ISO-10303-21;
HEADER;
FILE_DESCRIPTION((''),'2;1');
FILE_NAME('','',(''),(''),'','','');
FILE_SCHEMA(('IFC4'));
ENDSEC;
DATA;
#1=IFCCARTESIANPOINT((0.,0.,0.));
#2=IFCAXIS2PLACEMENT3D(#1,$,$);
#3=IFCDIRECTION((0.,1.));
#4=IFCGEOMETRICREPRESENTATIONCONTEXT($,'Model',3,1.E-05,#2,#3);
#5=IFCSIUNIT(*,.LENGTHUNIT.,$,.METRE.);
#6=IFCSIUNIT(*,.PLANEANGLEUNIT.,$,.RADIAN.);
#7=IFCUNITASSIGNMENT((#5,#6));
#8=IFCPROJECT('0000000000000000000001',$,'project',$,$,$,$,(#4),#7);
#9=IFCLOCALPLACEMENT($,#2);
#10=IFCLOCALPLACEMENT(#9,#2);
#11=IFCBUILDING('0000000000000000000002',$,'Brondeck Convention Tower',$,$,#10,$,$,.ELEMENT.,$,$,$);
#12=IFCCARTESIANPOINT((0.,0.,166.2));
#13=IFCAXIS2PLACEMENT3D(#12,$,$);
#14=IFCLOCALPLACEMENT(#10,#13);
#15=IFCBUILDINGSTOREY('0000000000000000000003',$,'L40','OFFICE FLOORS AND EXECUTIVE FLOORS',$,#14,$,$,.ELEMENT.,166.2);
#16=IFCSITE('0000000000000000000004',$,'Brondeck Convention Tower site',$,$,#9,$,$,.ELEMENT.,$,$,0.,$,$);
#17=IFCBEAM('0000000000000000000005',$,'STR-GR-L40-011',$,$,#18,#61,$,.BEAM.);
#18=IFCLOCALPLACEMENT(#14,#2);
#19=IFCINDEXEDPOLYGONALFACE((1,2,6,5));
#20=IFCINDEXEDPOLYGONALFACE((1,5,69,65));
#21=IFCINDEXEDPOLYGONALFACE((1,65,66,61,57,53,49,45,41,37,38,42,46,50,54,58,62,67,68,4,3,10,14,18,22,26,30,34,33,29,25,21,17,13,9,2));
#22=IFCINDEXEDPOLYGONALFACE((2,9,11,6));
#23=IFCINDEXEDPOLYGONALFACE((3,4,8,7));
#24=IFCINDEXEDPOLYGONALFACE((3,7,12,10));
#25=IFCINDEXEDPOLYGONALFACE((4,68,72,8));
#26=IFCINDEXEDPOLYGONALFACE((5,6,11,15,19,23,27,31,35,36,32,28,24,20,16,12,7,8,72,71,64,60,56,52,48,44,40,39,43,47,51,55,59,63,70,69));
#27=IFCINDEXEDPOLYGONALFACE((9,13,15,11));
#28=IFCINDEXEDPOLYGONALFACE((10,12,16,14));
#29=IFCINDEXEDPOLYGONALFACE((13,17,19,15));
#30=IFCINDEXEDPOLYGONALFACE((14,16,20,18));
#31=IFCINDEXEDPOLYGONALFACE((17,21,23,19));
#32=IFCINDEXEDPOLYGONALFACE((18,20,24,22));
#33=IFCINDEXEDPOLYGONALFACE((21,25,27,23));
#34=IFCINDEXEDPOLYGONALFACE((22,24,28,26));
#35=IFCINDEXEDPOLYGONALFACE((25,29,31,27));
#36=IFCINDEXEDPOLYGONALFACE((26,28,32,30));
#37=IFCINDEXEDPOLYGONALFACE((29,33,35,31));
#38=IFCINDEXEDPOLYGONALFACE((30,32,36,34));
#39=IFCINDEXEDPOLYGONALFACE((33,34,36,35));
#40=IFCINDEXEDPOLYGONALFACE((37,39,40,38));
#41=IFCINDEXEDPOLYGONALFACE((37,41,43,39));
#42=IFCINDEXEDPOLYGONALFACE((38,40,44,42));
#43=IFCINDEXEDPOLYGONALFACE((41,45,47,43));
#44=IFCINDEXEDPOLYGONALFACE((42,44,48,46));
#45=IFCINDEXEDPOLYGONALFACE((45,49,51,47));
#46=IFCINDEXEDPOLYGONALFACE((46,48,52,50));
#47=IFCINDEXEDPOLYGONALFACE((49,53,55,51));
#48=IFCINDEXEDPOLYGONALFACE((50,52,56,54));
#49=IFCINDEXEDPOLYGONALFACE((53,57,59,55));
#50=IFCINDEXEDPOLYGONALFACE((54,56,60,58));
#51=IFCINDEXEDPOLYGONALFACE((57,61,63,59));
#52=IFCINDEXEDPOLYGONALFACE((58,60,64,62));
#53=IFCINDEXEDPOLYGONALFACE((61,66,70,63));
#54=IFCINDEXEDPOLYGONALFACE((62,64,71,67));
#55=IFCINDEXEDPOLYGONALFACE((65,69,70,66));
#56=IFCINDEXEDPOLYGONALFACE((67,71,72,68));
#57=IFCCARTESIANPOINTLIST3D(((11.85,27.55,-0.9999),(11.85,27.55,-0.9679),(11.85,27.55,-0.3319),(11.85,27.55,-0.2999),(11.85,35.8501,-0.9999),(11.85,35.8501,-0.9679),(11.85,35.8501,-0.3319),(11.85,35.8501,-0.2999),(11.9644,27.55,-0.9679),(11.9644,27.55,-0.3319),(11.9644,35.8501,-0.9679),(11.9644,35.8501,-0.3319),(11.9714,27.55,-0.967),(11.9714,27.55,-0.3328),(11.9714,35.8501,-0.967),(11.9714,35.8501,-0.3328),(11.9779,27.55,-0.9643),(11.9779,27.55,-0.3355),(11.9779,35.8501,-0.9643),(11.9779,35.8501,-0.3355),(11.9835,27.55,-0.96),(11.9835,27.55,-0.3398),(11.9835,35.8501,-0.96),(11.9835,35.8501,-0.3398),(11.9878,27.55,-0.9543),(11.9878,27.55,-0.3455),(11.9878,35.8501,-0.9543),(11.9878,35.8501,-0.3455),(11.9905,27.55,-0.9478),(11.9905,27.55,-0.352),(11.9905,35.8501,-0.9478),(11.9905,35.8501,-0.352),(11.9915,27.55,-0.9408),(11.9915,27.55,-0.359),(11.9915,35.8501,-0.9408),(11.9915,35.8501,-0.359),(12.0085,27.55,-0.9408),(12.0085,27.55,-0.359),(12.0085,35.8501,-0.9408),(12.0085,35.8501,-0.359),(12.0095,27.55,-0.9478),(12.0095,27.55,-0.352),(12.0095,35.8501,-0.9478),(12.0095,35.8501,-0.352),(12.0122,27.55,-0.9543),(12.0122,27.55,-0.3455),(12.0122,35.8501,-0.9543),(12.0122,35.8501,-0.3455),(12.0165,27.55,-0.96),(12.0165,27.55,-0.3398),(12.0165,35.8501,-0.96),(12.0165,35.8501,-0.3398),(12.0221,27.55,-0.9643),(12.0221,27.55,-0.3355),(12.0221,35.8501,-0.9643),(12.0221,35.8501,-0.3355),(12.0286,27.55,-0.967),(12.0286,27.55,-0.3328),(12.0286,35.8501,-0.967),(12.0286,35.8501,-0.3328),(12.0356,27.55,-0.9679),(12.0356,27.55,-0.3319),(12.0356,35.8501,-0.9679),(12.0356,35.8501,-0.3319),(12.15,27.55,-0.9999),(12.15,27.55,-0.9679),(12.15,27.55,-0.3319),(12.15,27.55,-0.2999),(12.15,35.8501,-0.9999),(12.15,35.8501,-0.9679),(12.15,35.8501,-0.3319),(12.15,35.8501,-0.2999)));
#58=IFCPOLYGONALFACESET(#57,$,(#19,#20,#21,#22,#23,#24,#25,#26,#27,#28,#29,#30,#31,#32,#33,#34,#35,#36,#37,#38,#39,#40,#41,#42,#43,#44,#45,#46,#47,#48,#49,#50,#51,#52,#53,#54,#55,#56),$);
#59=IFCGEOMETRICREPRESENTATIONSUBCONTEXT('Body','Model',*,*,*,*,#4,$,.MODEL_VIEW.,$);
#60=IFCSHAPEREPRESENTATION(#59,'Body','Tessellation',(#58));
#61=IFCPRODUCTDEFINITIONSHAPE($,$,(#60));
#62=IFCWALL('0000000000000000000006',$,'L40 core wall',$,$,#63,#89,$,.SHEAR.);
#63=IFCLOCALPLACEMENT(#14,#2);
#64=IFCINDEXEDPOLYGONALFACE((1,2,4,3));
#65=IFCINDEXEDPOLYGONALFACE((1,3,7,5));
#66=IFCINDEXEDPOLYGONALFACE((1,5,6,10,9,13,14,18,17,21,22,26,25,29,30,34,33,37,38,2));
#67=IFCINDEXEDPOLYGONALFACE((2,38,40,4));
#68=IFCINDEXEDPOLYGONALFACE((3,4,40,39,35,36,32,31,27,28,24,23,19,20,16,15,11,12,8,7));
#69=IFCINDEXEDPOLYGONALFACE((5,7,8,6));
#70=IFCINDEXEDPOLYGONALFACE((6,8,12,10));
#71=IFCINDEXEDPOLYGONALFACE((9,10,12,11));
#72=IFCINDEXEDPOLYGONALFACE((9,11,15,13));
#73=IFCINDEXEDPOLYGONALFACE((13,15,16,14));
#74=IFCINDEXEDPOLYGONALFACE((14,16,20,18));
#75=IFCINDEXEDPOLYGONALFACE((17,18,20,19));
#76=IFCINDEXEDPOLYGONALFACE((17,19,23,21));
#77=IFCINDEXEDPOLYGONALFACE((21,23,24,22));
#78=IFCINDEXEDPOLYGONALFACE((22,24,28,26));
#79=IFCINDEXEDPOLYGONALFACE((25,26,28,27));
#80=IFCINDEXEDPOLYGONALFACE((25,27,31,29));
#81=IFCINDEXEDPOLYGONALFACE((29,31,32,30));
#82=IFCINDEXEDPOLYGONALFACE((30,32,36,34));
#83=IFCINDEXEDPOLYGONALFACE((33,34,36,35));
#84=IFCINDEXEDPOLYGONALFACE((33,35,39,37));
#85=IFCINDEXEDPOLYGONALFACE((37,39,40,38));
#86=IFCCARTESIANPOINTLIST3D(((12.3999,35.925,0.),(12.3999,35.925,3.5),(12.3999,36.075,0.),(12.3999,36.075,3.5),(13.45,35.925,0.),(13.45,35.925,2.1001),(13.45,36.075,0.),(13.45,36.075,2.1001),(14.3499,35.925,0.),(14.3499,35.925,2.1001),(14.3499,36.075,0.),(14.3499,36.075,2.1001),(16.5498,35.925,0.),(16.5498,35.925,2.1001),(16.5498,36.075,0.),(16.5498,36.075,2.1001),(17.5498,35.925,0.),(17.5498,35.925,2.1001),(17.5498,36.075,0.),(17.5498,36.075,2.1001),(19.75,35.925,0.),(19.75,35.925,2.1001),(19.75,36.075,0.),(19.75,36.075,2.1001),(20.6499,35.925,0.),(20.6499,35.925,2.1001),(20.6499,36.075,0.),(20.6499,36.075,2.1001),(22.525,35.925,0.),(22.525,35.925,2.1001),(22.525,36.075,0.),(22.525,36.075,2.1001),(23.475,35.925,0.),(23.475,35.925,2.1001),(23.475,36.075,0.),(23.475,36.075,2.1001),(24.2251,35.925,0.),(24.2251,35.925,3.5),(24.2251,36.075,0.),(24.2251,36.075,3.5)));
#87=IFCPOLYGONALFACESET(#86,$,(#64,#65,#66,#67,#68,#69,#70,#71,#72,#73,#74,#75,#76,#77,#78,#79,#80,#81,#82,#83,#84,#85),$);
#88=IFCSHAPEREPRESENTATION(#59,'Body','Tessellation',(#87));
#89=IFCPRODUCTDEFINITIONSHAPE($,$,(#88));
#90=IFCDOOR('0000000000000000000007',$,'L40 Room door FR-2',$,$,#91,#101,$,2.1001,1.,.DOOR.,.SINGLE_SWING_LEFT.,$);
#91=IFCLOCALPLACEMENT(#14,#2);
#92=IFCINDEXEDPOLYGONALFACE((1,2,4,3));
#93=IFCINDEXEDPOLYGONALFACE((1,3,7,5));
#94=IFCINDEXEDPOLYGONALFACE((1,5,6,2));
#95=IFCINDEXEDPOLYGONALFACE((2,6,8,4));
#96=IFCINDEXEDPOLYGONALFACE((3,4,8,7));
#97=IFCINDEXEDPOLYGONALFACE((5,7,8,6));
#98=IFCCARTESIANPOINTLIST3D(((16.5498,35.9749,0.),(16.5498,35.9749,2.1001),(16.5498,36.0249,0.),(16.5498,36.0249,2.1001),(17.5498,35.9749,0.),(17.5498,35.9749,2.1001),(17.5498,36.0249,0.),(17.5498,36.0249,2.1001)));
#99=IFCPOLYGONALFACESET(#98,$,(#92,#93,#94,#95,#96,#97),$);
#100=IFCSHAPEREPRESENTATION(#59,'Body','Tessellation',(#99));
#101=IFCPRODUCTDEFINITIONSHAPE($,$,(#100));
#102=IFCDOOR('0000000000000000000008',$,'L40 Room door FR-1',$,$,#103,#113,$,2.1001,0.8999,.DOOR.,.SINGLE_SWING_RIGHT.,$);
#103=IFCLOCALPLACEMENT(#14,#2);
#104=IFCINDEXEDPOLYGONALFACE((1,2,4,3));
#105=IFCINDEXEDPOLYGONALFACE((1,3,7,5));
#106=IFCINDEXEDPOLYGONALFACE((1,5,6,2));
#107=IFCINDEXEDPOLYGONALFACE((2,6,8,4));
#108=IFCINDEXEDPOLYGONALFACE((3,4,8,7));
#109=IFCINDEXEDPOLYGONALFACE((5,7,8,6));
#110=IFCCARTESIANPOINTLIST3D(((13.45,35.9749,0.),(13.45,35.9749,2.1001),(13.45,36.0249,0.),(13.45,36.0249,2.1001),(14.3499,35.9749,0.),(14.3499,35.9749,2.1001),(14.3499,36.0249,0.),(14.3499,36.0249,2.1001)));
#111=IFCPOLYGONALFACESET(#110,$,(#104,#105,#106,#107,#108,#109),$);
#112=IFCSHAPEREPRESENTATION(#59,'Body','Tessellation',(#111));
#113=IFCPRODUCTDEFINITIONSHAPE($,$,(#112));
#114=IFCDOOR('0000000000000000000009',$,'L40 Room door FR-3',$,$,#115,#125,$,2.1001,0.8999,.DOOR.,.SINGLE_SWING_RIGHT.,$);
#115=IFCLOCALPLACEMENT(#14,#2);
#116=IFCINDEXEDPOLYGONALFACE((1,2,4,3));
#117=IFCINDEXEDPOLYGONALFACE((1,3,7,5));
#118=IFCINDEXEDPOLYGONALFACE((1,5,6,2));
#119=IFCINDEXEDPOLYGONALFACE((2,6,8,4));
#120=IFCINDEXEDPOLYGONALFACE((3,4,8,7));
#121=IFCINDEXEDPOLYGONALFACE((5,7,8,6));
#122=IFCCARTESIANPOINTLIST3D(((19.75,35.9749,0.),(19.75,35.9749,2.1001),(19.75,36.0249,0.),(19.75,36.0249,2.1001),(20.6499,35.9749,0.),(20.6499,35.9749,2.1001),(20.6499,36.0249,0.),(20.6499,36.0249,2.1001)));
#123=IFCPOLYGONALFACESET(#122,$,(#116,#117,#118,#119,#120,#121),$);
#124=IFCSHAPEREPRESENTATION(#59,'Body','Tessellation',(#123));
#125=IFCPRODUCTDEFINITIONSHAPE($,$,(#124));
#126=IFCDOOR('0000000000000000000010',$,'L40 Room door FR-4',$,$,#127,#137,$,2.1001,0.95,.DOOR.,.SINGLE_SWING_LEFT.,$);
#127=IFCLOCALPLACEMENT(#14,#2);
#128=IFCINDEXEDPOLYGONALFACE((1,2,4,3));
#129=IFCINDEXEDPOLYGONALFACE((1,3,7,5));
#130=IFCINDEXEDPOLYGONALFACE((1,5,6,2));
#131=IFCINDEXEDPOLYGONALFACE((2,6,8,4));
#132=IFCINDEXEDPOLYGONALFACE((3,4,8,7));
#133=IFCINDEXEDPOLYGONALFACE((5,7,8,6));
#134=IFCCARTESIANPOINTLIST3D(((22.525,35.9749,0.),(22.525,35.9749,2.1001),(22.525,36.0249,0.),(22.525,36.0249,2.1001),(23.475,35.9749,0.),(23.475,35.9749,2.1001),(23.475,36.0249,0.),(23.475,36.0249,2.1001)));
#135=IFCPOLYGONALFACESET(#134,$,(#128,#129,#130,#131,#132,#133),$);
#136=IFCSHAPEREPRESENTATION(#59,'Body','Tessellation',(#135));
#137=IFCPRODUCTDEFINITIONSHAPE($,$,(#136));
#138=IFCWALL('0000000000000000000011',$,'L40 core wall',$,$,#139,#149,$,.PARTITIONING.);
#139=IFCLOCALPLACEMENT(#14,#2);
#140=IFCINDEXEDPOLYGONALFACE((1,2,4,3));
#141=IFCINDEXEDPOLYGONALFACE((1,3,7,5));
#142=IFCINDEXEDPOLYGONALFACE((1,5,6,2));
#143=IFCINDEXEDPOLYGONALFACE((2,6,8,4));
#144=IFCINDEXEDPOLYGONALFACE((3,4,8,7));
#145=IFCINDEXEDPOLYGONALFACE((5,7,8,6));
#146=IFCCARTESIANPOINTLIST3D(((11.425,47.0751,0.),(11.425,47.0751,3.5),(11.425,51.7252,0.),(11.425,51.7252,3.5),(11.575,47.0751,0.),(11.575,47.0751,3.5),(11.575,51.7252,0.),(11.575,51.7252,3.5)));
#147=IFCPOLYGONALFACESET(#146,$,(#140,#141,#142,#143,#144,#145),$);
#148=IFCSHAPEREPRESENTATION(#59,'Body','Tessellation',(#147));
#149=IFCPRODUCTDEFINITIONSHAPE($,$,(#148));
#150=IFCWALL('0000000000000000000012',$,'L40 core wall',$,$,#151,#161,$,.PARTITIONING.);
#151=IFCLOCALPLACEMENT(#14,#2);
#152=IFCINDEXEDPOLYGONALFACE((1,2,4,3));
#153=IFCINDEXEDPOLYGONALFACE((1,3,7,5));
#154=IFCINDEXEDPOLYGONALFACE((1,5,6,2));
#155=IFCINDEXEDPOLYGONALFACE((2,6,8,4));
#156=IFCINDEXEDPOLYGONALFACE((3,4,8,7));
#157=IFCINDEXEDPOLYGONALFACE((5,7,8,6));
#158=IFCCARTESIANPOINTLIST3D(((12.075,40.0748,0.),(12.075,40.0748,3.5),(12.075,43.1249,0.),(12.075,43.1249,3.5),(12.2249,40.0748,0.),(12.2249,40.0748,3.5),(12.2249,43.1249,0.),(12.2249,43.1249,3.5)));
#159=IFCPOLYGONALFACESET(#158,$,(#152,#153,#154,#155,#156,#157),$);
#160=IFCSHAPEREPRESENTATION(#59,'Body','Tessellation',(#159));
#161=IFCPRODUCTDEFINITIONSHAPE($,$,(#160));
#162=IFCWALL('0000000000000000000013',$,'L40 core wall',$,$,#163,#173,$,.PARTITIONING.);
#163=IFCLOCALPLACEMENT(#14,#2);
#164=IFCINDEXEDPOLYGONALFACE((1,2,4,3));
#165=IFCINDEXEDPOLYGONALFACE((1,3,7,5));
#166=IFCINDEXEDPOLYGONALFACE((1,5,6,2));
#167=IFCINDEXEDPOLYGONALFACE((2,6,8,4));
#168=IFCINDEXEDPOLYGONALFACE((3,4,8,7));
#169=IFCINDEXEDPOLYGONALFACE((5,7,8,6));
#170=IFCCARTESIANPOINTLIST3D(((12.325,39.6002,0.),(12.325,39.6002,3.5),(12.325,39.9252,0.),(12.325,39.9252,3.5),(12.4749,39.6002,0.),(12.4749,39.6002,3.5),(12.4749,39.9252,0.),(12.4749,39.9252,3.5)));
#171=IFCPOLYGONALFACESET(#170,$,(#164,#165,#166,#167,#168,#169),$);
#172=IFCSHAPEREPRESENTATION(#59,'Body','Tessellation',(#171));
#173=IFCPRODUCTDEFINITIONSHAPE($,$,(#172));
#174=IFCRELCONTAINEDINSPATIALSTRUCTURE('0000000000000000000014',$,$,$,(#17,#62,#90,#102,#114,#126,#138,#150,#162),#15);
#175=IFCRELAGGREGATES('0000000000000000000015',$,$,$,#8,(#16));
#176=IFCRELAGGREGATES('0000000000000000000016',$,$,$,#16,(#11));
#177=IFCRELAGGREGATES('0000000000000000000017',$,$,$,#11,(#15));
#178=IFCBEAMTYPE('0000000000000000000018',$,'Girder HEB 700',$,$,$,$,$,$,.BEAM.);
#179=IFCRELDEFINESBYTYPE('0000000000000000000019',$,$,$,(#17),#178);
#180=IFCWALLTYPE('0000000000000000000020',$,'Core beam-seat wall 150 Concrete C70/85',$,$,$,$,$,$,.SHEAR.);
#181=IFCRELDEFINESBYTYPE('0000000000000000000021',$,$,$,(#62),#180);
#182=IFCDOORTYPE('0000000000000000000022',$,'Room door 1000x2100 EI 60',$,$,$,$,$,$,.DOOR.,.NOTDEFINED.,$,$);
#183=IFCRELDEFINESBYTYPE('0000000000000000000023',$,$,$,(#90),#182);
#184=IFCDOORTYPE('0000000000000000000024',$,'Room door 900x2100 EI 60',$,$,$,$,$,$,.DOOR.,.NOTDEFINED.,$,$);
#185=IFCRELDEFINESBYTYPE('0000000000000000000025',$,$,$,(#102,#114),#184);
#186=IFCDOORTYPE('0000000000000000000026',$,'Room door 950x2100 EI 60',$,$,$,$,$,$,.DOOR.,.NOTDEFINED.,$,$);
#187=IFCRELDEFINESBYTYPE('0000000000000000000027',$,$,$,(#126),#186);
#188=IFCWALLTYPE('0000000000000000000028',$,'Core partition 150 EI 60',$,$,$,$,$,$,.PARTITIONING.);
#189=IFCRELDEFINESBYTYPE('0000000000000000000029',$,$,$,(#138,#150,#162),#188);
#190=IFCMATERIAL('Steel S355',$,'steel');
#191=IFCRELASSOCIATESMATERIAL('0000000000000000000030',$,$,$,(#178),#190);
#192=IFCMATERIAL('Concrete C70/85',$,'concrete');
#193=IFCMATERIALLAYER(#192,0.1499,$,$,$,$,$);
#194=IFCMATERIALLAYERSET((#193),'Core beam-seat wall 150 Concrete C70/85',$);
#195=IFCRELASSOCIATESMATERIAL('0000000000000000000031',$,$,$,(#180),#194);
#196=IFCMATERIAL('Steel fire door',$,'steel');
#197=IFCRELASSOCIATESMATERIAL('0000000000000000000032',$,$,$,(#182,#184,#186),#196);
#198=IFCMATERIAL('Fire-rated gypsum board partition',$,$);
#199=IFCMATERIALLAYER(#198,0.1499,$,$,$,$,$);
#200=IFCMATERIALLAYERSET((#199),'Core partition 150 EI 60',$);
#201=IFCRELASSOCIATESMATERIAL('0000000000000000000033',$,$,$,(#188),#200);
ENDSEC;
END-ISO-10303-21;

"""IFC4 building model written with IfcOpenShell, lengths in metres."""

from ifc_helpers import new_model, si_unit, direction, frame, frame_2d, origin, origin_2d, place, context, subcontext, project, spatial, rectangle, i_section, extrude, material, layer, layer_set, material_profile, profile_set, type_object, element, fill, save


model = new_model("IFC4")

# Units and contexts
model_context = context("Model", 3, precision=1e-05, world=origin(), true_north=direction((0.0, 1.0)))
body_context = subcontext(model_context, "Body", "Model", "MODEL_VIEW")
ifc_project = project(units=[si_unit("LENGTHUNIT", "METRE"), si_unit("PLANEANGLEUNIT", "RADIAN")], contexts=[model_context])

# Site, building, storey
site_placement = place(None, origin())
site = spatial("IfcSite", under=ifc_project, at=site_placement, Name="Brondeck Convention Tower site", CompositionType="ELEMENT", RefElevation=0.0)
building_placement = place(site_placement, origin())
building = spatial("IfcBuilding", under=site, at=building_placement, Name="Brondeck Convention Tower", CompositionType="ELEMENT")
storey_placement = place(building_placement, frame((0.0, 0.0, 166.2)))
storey = spatial("IfcBuildingStorey", under=building, at=storey_placement, Name="L40", Description="OFFICE FLOORS AND EXECUTIVE FLOORS", CompositionType="ELEMENT", Elevation=166.2)

# Beam
ifc_material_1 = material(Name="Steel S355", Category="steel")
ifc_material_profile = material_profile(ifc_material_1, i_section(OverallWidth=0.3, OverallDepth=0.7, WebThickness=0.0171, FlangeThickness=0.032, FilletRadius=0.0271, at=origin_2d()), Name="HEB 700")
ifc_profile_set = profile_set([ifc_material_profile], Name="Steel S355")
beam_type = type_object("IfcBeamType", Name="Girder HEB 700", PredefinedType="BEAM", material=ifc_profile_set)
beam_placement = place(storey_placement, frame((12.0, 35.8501, -0.6499), z_axis=(0.0, -1.0, 0.0), x_axis=(1.0, 0.0, 0.0)))
element("IfcBeam", 1, at=beam_placement, inside=storey, type_object=beam_type, Name="STR-GR-L40-011", PredefinedType="BEAM", context=body_context, shape_type="SweptSolid", body=[
    extrude(i_section(OverallWidth=0.3, OverallDepth=0.7, WebThickness=0.0171, FlangeThickness=0.032, FilletRadius=0.0271, at=origin_2d()), origin(), (0.0, 0.0, 1.0), 8.3),
])

# Wall, openings, doors
ifc_material_2 = material(Name="Concrete C70/85", Category="concrete")
ifc_layer_1 = layer(ifc_material_2, 0.1499)
ifc_layer_set_1 = layer_set([ifc_layer_1], Name="Core beam-seat wall 150 Concrete C70/85")
wall_type_1 = type_object("IfcWallType", Name="Core beam-seat wall 150 Concrete C70/85", PredefinedType="SHEAR", material=ifc_layer_set_1)
wall_1_placement = place(storey_placement, frame((12.3999, 36.0, 0.0), z_axis=(0.0, 0.0, 1.0), x_axis=(1.0, 0.0, 0.0)))
wall_1 = element("IfcWall", 2, at=wall_1_placement, inside=storey, type_object=wall_type_1, Name="L40 core wall", PredefinedType="SHEAR", context=body_context, shape_type="SweptSolid", body=[
    extrude(rectangle(XDim=11.8252, YDim=0.1499, at=frame_2d((5.9126, 0.0))), origin(), (0.0, 0.0, 1.0), 3.5),
])
opening_1_placement = place(wall_1_placement, frame((1.05, 0.0, 0.0)))
opening_1 = element("IfcOpeningElement", 3, at=opening_1_placement, cuts=wall_1, PredefinedType="OPENING", context=body_context, shape_type="SweptSolid", body=[
    extrude(rectangle(XDim=0.8999, YDim=2.1001, at=frame_2d((0.45, 1.05))), frame((0.0, 0.085, 0.0), z_axis=(0.0, -1.0, 0.0), x_axis=(1.0, 0.0, 0.0)), (0.0, 0.0, 1.0), 0.1699),
])
opening_2_placement = place(wall_1_placement, frame((4.1499, 0.0, 0.0)))
opening_2 = element("IfcOpeningElement", 4, at=opening_2_placement, cuts=wall_1, PredefinedType="OPENING", context=body_context, shape_type="SweptSolid", body=[
    extrude(rectangle(XDim=1.0, YDim=2.1001, at=frame_2d((0.5, 1.05))), frame((0.0, 0.085, 0.0), z_axis=(0.0, -1.0, 0.0), x_axis=(1.0, 0.0, 0.0)), (0.0, 0.0, 1.0), 0.1699),
])
opening_3_placement = place(wall_1_placement, frame((7.3501, 0.0, 0.0)))
opening_3 = element("IfcOpeningElement", 5, at=opening_3_placement, cuts=wall_1, PredefinedType="OPENING", context=body_context, shape_type="SweptSolid", body=[
    extrude(rectangle(XDim=0.8999, YDim=2.1001, at=frame_2d((0.45, 1.05))), frame((0.0, 0.085, 0.0), z_axis=(0.0, -1.0, 0.0), x_axis=(1.0, 0.0, 0.0)), (0.0, 0.0, 1.0), 0.1699),
])
opening_4_placement = place(wall_1_placement, frame((10.125, 0.0, 0.0)))
opening_4 = element("IfcOpeningElement", 6, at=opening_4_placement, cuts=wall_1, PredefinedType="OPENING", context=body_context, shape_type="SweptSolid", body=[
    extrude(rectangle(XDim=0.95, YDim=2.1001, at=frame_2d((0.4751, 1.05))), frame((0.0, 0.085, 0.0), z_axis=(0.0, -1.0, 0.0), x_axis=(1.0, 0.0, 0.0)), (0.0, 0.0, 1.0), 0.1699),
])
ifc_material_3 = material(Name="Steel fire door", Category="steel")
door_type_1 = type_object("IfcDoorType", Name="Room door 1000x2100 EI 60", OperationType="NOTDEFINED", PredefinedType="DOOR", material=ifc_material_3)
door_1_placement = place(opening_2_placement, origin())
door_1 = element("IfcDoor", 7, at=door_1_placement, inside=storey, type_object=door_type_1, Name="L40 Room door FR-2", OperationType="SINGLE_SWING_LEFT", OverallHeight=2.1001, OverallWidth=1.0, PredefinedType="DOOR", context=body_context, shape_type="SweptSolid", body=[
    extrude(rectangle(XDim=1.0, YDim=2.1001, at=frame_2d((0.5, 1.05))), frame((0.0, 0.0249, 0.0), z_axis=(0.0, -1.0, 0.0), x_axis=(1.0, 0.0, 0.0)), (0.0, 0.0, 1.0), 0.05),
])
fill(opening_2, door_1)
door_type_2 = type_object("IfcDoorType", Name="Room door 900x2100 EI 60", OperationType="NOTDEFINED", PredefinedType="DOOR", material=ifc_material_3)
door_2_placement = place(opening_1_placement, origin())
door_2 = element("IfcDoor", 8, at=door_2_placement, inside=storey, type_object=door_type_2, Name="L40 Room door FR-1", OperationType="SINGLE_SWING_RIGHT", OverallHeight=2.1001, OverallWidth=0.8999, PredefinedType="DOOR", context=body_context, shape_type="SweptSolid", body=[
    extrude(rectangle(XDim=0.8999, YDim=2.1001, at=frame_2d((0.45, 1.05))), frame((0.0, 0.0249, 0.0), z_axis=(0.0, -1.0, 0.0), x_axis=(1.0, 0.0, 0.0)), (0.0, 0.0, 1.0), 0.05),
])
fill(opening_1, door_2)
door_3_placement = place(opening_3_placement, origin())
door_3 = element("IfcDoor", 9, at=door_3_placement, inside=storey, type_object=door_type_2, Name="L40 Room door FR-3", OperationType="SINGLE_SWING_RIGHT", OverallHeight=2.1001, OverallWidth=0.8999, PredefinedType="DOOR", context=body_context, shape_type="SweptSolid", body=[
    extrude(rectangle(XDim=0.8999, YDim=2.1001, at=frame_2d((0.45, 1.05))), frame((0.0, 0.0249, 0.0), z_axis=(0.0, -1.0, 0.0), x_axis=(1.0, 0.0, 0.0)), (0.0, 0.0, 1.0), 0.05),
])
fill(opening_3, door_3)
door_type_3 = type_object("IfcDoorType", Name="Room door 950x2100 EI 60", OperationType="NOTDEFINED", PredefinedType="DOOR", material=ifc_material_3)
door_4_placement = place(opening_4_placement, origin())
door_4 = element("IfcDoor", 10, at=door_4_placement, inside=storey, type_object=door_type_3, Name="L40 Room door FR-4", OperationType="SINGLE_SWING_LEFT", OverallHeight=2.1001, OverallWidth=0.95, PredefinedType="DOOR", context=body_context, shape_type="SweptSolid", body=[
    extrude(rectangle(XDim=0.95, YDim=2.1001, at=frame_2d((0.4751, 1.05))), frame((0.0, 0.0249, 0.0), z_axis=(0.0, -1.0, 0.0), x_axis=(1.0, 0.0, 0.0)), (0.0, 0.0, 1.0), 0.05),
])
fill(opening_4, door_4)

# Walls
ifc_material_4 = material(Name="Fire-rated gypsum board partition")
ifc_layer_2 = layer(ifc_material_4, 0.1499)
ifc_layer_set_2 = layer_set([ifc_layer_2], Name="Core partition 150 EI 60")
wall_type_2 = type_object("IfcWallType", Name="Core partition 150 EI 60", PredefinedType="PARTITIONING", material=ifc_layer_set_2)
wall_2_placement = place(storey_placement, frame((11.5, 47.075, 0.0), z_axis=(0.0, 0.0, 1.0), x_axis=(0.0, 1.0, 0.0)))
element("IfcWall", 11, at=wall_2_placement, inside=storey, type_object=wall_type_2, Name="L40 core wall", PredefinedType="PARTITIONING", context=body_context, shape_type="SweptSolid", body=[
    extrude(rectangle(XDim=4.6501, YDim=0.1499, at=frame_2d((2.3252, 0.0))), origin(), (0.0, 0.0, 1.0), 3.5),
])
wall_3_placement = place(storey_placement, frame((12.1499, 40.075, 0.0), z_axis=(0.0, 0.0, 1.0), x_axis=(0.0, 1.0, 0.0)))
element("IfcWall", 12, at=wall_3_placement, inside=storey, type_object=wall_type_2, Name="L40 core wall", PredefinedType="PARTITIONING", context=body_context, shape_type="SweptSolid", body=[
    extrude(rectangle(XDim=3.05, YDim=0.1499, at=frame_2d((1.5249, 0.0))), origin(), (0.0, 0.0, 1.0), 3.5),
])
wall_4_placement = place(storey_placement, frame((12.3999, 39.6001, 0.0), z_axis=(0.0, 0.0, 1.0), x_axis=(0.0, 1.0, 0.0)))
element("IfcWall", 13, at=wall_4_placement, inside=storey, type_object=wall_type_2, Name="L40 core wall", PredefinedType="PARTITIONING", context=body_context, shape_type="SweptSolid", body=[
    extrude(rectangle(XDim=0.325, YDim=0.1499, at=frame_2d((0.1626, 0.0))), origin(), (0.0, 0.0, 1.0), 3.5),
])

save(model, "model.ifc")
